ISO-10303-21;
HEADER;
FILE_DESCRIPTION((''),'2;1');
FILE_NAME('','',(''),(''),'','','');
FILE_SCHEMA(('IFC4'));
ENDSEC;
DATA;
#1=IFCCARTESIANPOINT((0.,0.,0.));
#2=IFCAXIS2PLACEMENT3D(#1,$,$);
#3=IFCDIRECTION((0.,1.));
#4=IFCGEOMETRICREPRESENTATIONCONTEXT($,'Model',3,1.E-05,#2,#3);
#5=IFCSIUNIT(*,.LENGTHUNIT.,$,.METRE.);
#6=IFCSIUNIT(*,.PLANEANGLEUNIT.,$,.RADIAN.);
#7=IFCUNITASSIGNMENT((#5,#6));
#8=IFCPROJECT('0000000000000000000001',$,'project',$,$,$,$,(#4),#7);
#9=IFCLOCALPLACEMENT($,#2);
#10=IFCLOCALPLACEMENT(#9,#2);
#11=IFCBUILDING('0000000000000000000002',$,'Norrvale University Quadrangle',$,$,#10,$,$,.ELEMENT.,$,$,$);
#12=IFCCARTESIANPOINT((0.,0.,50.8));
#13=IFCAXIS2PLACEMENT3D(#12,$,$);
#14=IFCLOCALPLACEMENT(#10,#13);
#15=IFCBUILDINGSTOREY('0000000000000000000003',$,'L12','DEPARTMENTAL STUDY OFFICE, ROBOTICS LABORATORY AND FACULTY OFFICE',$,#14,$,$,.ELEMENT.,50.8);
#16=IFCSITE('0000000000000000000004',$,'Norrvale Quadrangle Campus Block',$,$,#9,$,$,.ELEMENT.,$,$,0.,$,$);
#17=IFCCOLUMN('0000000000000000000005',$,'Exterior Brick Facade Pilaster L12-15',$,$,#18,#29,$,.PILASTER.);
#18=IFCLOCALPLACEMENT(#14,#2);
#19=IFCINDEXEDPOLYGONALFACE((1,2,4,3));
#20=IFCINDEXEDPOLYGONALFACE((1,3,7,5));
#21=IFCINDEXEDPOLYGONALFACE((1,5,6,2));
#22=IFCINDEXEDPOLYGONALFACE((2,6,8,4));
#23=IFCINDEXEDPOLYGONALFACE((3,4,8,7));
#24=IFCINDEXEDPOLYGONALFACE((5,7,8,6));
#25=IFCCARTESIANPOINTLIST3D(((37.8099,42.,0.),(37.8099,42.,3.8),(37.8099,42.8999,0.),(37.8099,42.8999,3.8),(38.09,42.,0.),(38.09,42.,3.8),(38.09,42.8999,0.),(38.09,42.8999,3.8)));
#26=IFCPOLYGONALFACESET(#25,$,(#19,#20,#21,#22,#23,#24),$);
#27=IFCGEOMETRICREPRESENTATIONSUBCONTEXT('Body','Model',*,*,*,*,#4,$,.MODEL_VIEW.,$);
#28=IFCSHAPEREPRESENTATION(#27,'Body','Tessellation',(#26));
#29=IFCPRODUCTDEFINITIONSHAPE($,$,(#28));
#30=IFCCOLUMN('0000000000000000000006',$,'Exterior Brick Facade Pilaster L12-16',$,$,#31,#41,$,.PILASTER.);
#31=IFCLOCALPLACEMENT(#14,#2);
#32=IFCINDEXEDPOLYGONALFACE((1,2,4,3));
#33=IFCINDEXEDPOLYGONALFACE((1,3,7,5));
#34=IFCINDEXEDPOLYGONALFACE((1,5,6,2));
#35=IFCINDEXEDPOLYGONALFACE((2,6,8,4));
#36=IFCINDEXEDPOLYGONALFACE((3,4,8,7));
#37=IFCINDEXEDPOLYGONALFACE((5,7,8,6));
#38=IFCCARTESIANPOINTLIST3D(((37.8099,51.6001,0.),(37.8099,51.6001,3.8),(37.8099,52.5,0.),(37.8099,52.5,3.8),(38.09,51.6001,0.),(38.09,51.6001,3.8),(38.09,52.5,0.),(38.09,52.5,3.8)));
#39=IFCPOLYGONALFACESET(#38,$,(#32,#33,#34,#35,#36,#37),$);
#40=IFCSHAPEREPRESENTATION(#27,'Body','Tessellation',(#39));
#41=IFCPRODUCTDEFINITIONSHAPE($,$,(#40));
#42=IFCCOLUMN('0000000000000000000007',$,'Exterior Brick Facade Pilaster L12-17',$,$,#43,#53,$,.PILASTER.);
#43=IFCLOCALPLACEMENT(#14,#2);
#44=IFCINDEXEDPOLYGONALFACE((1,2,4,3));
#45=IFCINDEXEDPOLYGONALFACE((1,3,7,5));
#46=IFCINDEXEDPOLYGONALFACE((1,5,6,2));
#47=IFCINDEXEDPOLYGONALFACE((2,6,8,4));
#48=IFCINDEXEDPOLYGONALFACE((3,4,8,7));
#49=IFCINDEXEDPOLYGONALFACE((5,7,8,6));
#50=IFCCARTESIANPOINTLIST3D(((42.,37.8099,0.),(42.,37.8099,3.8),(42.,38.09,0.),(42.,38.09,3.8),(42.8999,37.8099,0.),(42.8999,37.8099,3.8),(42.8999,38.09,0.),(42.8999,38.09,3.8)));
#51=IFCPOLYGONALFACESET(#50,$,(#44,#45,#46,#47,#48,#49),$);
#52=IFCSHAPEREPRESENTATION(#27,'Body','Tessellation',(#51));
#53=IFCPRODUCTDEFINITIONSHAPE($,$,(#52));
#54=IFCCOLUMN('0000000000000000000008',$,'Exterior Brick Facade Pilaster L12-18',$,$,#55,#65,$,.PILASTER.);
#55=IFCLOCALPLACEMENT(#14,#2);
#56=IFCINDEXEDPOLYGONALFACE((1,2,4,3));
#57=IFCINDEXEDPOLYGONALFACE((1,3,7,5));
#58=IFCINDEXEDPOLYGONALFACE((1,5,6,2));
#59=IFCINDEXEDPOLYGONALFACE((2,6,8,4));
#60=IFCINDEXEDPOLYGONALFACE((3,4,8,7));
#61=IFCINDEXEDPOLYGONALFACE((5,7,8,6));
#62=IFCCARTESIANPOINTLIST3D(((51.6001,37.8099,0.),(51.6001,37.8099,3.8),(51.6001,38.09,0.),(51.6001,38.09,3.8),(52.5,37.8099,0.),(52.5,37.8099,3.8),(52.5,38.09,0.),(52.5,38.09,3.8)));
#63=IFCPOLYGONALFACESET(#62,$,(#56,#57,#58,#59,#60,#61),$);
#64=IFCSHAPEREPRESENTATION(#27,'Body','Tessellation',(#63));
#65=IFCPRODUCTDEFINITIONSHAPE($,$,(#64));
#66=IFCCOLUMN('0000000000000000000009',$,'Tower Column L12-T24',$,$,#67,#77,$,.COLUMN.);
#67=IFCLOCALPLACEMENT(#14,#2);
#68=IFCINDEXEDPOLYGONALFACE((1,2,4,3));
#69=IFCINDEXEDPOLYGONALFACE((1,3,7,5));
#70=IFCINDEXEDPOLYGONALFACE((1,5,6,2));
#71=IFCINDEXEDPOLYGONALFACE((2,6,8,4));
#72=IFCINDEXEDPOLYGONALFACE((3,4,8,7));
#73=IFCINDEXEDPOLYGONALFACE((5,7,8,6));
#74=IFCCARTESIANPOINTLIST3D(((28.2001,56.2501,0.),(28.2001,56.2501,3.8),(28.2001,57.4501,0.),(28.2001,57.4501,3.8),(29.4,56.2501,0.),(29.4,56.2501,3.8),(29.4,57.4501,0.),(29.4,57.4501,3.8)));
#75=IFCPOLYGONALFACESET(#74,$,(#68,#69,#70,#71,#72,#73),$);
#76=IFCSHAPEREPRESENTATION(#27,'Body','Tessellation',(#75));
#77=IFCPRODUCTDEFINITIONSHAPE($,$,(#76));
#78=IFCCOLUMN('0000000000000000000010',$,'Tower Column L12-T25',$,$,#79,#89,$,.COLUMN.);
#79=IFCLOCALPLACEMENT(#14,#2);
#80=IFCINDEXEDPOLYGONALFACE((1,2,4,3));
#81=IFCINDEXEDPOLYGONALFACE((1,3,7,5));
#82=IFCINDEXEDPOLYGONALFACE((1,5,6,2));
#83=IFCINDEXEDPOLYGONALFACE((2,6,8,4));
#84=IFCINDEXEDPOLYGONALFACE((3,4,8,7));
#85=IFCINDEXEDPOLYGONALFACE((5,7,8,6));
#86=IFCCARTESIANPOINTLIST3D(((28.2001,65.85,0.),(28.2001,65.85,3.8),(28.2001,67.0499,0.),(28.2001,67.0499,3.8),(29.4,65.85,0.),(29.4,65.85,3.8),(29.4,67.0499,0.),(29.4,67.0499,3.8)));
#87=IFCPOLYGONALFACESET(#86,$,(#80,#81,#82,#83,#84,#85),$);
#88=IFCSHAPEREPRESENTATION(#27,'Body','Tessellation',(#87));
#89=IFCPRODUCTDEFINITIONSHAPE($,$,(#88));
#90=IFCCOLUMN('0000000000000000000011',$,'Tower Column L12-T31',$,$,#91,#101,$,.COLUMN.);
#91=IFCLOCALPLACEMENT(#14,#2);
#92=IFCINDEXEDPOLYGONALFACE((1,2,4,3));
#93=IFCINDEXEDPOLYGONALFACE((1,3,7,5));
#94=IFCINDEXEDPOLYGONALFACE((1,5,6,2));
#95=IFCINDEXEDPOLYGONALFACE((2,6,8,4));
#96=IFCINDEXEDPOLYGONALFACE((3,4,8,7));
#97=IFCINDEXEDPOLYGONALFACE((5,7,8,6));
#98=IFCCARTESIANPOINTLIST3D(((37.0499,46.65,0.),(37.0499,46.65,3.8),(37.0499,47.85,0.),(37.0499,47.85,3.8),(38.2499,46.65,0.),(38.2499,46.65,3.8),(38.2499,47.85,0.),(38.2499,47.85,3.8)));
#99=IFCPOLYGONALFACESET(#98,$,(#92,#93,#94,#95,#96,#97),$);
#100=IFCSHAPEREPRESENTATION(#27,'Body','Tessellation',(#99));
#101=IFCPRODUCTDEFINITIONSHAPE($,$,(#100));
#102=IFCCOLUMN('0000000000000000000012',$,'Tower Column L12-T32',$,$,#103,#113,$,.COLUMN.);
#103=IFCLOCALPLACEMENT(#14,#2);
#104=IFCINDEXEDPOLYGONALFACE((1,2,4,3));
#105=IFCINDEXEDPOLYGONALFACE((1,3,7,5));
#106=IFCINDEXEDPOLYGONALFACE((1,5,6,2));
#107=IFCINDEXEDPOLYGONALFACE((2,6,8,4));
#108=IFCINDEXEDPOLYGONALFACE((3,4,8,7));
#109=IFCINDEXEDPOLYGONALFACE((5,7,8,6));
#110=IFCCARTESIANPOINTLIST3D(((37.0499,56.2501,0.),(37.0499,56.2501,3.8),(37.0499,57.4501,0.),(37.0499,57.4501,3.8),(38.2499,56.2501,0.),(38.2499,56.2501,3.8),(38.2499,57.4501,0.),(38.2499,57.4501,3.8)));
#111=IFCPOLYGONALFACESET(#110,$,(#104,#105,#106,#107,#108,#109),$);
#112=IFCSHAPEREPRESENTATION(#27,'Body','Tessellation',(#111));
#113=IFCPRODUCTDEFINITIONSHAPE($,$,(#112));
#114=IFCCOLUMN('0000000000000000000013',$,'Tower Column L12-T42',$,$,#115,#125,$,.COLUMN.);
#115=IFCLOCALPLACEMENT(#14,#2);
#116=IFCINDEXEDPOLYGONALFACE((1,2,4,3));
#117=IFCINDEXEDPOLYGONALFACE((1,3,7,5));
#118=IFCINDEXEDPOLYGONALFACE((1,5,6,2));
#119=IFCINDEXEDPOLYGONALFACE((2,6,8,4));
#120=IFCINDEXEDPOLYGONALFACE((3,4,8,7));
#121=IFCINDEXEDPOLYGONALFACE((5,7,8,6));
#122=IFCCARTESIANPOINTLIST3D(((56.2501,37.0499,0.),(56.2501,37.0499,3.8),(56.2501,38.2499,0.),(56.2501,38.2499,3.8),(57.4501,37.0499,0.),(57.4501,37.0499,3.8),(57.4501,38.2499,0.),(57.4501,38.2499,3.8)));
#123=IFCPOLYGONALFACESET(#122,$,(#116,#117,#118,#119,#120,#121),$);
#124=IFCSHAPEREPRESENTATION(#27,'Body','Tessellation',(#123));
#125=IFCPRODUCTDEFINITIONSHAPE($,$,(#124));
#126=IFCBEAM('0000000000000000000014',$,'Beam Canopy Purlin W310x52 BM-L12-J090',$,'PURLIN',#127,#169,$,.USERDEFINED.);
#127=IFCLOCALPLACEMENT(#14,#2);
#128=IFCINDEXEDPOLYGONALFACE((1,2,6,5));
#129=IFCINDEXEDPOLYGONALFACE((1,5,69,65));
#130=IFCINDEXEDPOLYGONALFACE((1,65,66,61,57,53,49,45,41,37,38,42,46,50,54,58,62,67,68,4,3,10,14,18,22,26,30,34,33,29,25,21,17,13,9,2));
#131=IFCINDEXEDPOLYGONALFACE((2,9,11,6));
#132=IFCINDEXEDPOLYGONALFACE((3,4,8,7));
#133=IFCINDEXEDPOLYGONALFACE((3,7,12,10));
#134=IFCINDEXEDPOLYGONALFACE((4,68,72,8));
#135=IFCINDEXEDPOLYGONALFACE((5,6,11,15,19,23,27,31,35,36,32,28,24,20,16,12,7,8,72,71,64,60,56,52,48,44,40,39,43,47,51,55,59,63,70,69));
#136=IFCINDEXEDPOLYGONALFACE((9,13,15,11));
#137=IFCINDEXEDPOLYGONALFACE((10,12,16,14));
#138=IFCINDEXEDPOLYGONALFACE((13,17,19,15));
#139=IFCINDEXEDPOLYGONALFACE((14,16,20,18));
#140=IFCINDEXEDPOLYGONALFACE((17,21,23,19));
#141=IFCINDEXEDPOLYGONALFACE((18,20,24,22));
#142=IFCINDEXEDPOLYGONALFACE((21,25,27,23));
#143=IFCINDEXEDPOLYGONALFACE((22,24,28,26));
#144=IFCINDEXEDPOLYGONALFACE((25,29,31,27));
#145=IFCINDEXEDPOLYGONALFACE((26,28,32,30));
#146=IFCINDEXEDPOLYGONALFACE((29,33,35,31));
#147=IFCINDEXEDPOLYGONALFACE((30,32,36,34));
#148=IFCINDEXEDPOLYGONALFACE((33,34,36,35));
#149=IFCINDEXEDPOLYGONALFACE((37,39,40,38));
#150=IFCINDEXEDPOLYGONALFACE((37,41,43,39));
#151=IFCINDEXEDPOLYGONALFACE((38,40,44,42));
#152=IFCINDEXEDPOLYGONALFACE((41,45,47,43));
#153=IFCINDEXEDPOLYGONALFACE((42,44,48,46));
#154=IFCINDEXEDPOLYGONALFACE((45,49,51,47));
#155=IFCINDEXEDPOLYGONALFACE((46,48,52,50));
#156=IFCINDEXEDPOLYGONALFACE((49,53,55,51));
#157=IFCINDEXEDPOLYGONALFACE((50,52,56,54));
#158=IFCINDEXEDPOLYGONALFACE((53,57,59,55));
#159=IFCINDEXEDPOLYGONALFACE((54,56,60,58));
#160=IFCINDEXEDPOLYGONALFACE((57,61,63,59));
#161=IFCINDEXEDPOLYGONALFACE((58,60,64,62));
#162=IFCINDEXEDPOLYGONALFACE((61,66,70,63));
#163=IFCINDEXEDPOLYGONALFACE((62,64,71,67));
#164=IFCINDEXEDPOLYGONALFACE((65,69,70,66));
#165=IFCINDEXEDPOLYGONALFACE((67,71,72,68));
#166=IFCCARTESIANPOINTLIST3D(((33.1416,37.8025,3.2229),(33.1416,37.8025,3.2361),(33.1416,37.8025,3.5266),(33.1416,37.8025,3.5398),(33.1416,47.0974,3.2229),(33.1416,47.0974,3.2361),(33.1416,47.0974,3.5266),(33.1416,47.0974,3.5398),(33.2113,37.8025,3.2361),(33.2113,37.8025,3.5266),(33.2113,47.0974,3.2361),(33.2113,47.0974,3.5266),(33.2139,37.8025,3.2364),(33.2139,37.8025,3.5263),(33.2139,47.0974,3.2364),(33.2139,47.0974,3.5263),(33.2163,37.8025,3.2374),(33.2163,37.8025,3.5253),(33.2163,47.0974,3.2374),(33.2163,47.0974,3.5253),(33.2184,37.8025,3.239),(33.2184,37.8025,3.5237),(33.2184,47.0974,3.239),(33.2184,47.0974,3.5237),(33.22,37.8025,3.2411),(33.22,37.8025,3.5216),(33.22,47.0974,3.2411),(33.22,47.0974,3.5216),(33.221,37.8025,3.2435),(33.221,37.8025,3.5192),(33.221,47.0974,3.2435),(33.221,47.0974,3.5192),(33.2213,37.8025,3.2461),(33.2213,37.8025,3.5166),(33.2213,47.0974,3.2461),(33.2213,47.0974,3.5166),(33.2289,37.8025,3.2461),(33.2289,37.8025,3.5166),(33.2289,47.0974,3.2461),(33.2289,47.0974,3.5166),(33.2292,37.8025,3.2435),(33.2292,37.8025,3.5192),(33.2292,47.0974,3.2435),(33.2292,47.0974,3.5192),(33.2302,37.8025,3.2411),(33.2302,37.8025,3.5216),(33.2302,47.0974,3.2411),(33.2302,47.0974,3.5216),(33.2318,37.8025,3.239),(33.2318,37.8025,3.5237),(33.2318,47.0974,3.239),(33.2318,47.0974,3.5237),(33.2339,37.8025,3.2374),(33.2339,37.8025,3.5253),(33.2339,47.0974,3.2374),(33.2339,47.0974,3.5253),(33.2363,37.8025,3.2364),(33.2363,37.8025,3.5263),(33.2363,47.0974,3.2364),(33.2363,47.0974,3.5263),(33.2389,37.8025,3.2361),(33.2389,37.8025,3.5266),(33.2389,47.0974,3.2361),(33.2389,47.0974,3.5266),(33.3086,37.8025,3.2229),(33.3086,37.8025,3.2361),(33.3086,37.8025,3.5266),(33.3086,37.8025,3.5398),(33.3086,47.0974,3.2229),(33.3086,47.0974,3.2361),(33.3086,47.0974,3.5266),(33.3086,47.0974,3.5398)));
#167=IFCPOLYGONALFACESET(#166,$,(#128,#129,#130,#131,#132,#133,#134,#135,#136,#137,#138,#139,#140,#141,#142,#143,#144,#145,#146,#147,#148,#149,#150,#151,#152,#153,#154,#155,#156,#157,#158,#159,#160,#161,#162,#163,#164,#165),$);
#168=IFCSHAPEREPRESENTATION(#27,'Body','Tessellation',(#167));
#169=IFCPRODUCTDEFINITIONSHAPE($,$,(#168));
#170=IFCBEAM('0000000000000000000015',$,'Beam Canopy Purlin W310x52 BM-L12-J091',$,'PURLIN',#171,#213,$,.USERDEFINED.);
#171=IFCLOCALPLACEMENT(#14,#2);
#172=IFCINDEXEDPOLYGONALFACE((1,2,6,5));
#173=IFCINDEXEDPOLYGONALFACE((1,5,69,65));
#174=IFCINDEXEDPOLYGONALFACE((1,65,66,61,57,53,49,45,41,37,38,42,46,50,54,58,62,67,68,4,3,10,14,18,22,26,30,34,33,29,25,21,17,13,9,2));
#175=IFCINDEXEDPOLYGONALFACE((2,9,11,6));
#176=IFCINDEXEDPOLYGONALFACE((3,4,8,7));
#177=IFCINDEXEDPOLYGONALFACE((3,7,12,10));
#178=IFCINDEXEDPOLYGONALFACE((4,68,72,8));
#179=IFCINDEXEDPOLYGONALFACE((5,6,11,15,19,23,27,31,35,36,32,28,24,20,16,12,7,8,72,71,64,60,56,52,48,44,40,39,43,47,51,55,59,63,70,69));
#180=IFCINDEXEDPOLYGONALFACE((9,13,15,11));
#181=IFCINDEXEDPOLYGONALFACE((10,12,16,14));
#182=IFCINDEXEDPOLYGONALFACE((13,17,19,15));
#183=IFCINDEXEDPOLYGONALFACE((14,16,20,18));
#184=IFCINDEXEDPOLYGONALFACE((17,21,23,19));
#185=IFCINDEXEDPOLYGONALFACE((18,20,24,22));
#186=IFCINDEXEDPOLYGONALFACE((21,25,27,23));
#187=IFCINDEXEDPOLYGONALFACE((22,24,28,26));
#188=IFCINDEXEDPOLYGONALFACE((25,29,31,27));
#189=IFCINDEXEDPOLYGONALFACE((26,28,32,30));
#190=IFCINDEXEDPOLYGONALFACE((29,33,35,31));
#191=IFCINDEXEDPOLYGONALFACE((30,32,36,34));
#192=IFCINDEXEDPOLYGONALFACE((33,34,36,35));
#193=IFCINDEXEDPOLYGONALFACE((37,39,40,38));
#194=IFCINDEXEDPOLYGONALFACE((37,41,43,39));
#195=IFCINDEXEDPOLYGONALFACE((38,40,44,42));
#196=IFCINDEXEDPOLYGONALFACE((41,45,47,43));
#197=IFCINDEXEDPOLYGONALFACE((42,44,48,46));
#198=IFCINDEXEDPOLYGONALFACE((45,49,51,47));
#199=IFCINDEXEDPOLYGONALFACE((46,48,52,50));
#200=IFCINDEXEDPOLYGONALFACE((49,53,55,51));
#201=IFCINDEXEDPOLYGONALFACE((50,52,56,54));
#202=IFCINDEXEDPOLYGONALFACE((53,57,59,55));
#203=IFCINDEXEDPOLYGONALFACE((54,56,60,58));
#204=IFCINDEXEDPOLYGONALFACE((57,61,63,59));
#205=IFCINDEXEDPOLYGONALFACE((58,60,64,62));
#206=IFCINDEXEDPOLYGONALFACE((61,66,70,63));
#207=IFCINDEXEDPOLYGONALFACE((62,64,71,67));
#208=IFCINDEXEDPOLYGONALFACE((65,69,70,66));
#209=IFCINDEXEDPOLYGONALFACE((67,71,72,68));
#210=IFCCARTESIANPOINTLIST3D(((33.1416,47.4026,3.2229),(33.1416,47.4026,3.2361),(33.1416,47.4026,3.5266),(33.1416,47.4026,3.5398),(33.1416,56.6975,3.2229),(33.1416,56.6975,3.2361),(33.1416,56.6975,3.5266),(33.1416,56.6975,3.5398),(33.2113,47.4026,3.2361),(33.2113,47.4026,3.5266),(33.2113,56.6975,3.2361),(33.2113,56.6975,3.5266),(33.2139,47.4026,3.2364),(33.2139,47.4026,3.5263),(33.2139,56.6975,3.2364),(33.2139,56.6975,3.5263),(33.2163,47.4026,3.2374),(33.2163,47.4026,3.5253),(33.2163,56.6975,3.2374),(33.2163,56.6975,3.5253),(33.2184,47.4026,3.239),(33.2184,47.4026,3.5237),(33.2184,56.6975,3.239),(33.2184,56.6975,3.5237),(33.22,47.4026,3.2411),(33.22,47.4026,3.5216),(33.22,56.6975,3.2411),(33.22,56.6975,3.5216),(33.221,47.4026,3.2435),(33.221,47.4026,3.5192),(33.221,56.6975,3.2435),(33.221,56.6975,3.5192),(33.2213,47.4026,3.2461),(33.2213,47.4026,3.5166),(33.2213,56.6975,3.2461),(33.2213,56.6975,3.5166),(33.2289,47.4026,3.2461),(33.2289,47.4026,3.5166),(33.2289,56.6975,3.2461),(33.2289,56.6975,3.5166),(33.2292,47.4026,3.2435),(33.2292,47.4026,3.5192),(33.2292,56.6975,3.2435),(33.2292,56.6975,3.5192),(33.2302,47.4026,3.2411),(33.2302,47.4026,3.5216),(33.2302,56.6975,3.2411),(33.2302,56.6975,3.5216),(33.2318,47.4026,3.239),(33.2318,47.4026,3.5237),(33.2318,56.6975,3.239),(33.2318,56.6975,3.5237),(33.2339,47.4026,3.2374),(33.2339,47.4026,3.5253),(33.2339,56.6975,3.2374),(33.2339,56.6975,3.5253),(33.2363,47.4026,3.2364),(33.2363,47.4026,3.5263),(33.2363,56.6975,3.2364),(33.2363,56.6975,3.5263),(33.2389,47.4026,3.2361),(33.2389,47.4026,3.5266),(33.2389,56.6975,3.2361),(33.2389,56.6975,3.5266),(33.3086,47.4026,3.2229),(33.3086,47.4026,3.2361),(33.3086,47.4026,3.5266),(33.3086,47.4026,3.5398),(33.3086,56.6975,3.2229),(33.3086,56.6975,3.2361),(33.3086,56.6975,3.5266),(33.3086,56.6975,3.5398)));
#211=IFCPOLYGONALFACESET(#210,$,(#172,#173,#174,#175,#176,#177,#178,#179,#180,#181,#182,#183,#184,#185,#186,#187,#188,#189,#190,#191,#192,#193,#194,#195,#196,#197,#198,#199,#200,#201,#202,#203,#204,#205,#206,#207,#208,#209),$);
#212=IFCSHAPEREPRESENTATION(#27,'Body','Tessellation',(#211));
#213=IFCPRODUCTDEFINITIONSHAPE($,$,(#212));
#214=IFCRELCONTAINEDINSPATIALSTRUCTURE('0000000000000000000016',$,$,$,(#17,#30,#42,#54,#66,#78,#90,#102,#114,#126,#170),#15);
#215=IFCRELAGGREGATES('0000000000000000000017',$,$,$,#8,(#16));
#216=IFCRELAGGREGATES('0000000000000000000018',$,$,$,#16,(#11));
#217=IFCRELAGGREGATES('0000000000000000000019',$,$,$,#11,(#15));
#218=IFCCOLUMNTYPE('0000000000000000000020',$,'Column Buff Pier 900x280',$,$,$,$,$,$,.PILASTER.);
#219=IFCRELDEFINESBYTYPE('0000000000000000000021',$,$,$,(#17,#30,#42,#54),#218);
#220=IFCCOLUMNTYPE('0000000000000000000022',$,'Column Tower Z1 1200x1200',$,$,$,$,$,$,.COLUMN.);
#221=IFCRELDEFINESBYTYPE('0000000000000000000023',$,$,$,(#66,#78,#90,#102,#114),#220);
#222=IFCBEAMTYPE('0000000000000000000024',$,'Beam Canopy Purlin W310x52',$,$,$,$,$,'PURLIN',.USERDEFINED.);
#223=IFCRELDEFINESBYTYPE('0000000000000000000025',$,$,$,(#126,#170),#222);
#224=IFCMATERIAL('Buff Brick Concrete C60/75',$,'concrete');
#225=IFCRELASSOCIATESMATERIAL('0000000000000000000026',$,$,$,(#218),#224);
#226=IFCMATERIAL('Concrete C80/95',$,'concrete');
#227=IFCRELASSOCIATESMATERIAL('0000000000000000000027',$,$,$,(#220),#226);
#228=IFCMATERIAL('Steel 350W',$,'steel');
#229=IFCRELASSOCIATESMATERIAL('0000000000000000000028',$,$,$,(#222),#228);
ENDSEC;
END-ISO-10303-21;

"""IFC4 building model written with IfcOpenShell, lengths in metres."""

from ifc_helpers import new_model, si_unit, direction, frame, origin, origin_2d, place, context, subcontext, project, spatial, rectangle, i_section, extrude, material, material_profile, profile_set, type_object, element, save


model = new_model("IFC4")

# Units and contexts
model_context = context("Model", 3, precision=1e-05, world=origin(), true_north=direction((0.0, 1.0)))
body_context = subcontext(model_context, "Body", "Model", "MODEL_VIEW")
ifc_project = project(units=[si_unit("LENGTHUNIT", "METRE"), si_unit("PLANEANGLEUNIT", "RADIAN")], contexts=[model_context])

# Site, building, storey
site_placement = place(None, origin())
site = spatial("IfcSite", under=ifc_project, at=site_placement, Name="Norrvale Quadrangle Campus Block", CompositionType="ELEMENT", RefElevation=0.0)
building_placement = place(site_placement, origin())
building = spatial("IfcBuilding", under=site, at=building_placement, Name="Norrvale University Quadrangle", CompositionType="ELEMENT")
storey_placement = place(building_placement, frame((0.0, 0.0, 50.8)))
storey = spatial("IfcBuildingStorey", under=building, at=storey_placement, Name="L12", Description="DEPARTMENTAL STUDY OFFICE, ROBOTICS LABORATORY AND FACULTY OFFICE", CompositionType="ELEMENT", Elevation=50.8)

# Columns
ifc_material_1 = material(Name="Buff Brick Concrete C60/75", Category="concrete")
ifc_material_profile_1 = material_profile(ifc_material_1, rectangle(XDim=0.8999, YDim=0.28, at=origin_2d()), Name="Buff Brick Concrete C60/75")
ifc_profile_set_1 = profile_set([ifc_material_profile_1], Name="Buff Brick Concrete C60/75")
column_type_1 = type_object("IfcColumnType", Name="Column Buff Pier 900x280", PredefinedType="PILASTER", material=ifc_profile_set_1)
for number, where, z_axis, x_axis, name in (
    (1, (37.95, 42.45, 0.0), (0.0, 0.0, 1.0), (0.0, 1.0, 0.0), "Exterior Brick Facade Pilaster L12-15"),
    (2, (37.95, 52.05, 0.0), (0.0, 0.0, 1.0), (0.0, 1.0, 0.0), "Exterior Brick Facade Pilaster L12-16"),
    (3, (42.45, 37.95, 0.0), (0.0, 0.0, 1.0), (1.0, 0.0, 0.0), "Exterior Brick Facade Pilaster L12-17"),
    (4, (52.05, 37.95, 0.0), (0.0, 0.0, 1.0), (1.0, 0.0, 0.0), "Exterior Brick Facade Pilaster L12-18"),
):
    element("IfcColumn", number, at=place(storey_placement, frame(where, z_axis=z_axis, x_axis=x_axis)), inside=storey, type_object=column_type_1, Name=name, PredefinedType="PILASTER", context=body_context, shape_type="SweptSolid", body=[
        extrude(rectangle(XDim=0.8999, YDim=0.28, at=origin_2d()), origin(), (0.0, 0.0, 1.0), 3.8),
    ])
ifc_material_2 = material(Name="Concrete C80/95", Category="concrete")
ifc_material_profile_2 = material_profile(ifc_material_2, rectangle(XDim=1.2, YDim=1.2, at=origin_2d()), Name="Concrete C80/95")
ifc_profile_set_2 = profile_set([ifc_material_profile_2], Name="Concrete C80/95")
column_type_2 = type_object("IfcColumnType", Name="Column Tower Z1 1200x1200", PredefinedType="COLUMN", material=ifc_profile_set_2)
for number, where, z_axis, x_axis, name in (
    (5, (28.8, 56.8501, 0.0), (0.0, 0.0, 1.0), (1.0, 0.0, 0.0), "Tower Column L12-T24"),
    (6, (28.8, 66.45, 0.0), (0.0, 0.0, 1.0), (1.0, 0.0, 0.0), "Tower Column L12-T25"),
    (7, (37.6499, 47.25, 0.0), (0.0, 0.0, 1.0), (1.0, 0.0, 0.0), "Tower Column L12-T31"),
    (8, (37.6499, 56.8501, 0.0), (0.0, 0.0, 1.0), (1.0, 0.0, 0.0), "Tower Column L12-T32"),
    (9, (56.8501, 37.6499, 0.0), (0.0, 0.0, 1.0), (1.0, 0.0, 0.0), "Tower Column L12-T42"),
):
    element("IfcColumn", number, at=place(storey_placement, frame(where, z_axis=z_axis, x_axis=x_axis)), inside=storey, type_object=column_type_2, Name=name, PredefinedType="COLUMN", context=body_context, shape_type="SweptSolid", body=[
        extrude(rectangle(XDim=1.2, YDim=1.2, at=origin_2d()), origin(), (0.0, 0.0, 1.0), 3.8),
    ])

# Beams
ifc_material_3 = material(Name="Steel 350W", Category="steel")
ifc_material_profile_3 = material_profile(ifc_material_3, i_section(OverallWidth=0.167, OverallDepth=0.3169, WebThickness=0.0076, FlangeThickness=0.0132, FilletRadius=0.01, at=origin_2d()), Name="Steel 350W")
ifc_profile_set_3 = profile_set([ifc_material_profile_3], Name="Steel 350W")
beam_type_1 = type_object("IfcBeamType", Name="Beam Canopy Purlin W310x52", ElementType="PURLIN", PredefinedType="USERDEFINED", material=ifc_profile_set_3)
for number, where, z_axis, x_axis, name in (
    (10, (33.2251, 37.8025, 3.3813), (0.0, 1.0, 0.0), (-1.0, 0.0, 0.0), "Beam Canopy Purlin W310x52 BM-L12-J090"),
    (11, (33.2251, 47.4026, 3.3813), (0.0, 1.0, 0.0), (-1.0, 0.0, 0.0), "Beam Canopy Purlin W310x52 BM-L12-J091"),
):
    element("IfcBeam", number, at=place(storey_placement, frame(where, z_axis=z_axis, x_axis=x_axis)), inside=storey, type_object=beam_type_1, Name=name, ObjectType="PURLIN", PredefinedType="USERDEFINED", context=body_context, shape_type="SweptSolid", body=[
        extrude(i_section(OverallWidth=0.167, OverallDepth=0.3169, WebThickness=0.0076, FlangeThickness=0.0132, FilletRadius=0.01, at=origin_2d()), origin(), (0.0, 0.0, 1.0), 9.2949),
    ])

save(model, "model.ifc")
